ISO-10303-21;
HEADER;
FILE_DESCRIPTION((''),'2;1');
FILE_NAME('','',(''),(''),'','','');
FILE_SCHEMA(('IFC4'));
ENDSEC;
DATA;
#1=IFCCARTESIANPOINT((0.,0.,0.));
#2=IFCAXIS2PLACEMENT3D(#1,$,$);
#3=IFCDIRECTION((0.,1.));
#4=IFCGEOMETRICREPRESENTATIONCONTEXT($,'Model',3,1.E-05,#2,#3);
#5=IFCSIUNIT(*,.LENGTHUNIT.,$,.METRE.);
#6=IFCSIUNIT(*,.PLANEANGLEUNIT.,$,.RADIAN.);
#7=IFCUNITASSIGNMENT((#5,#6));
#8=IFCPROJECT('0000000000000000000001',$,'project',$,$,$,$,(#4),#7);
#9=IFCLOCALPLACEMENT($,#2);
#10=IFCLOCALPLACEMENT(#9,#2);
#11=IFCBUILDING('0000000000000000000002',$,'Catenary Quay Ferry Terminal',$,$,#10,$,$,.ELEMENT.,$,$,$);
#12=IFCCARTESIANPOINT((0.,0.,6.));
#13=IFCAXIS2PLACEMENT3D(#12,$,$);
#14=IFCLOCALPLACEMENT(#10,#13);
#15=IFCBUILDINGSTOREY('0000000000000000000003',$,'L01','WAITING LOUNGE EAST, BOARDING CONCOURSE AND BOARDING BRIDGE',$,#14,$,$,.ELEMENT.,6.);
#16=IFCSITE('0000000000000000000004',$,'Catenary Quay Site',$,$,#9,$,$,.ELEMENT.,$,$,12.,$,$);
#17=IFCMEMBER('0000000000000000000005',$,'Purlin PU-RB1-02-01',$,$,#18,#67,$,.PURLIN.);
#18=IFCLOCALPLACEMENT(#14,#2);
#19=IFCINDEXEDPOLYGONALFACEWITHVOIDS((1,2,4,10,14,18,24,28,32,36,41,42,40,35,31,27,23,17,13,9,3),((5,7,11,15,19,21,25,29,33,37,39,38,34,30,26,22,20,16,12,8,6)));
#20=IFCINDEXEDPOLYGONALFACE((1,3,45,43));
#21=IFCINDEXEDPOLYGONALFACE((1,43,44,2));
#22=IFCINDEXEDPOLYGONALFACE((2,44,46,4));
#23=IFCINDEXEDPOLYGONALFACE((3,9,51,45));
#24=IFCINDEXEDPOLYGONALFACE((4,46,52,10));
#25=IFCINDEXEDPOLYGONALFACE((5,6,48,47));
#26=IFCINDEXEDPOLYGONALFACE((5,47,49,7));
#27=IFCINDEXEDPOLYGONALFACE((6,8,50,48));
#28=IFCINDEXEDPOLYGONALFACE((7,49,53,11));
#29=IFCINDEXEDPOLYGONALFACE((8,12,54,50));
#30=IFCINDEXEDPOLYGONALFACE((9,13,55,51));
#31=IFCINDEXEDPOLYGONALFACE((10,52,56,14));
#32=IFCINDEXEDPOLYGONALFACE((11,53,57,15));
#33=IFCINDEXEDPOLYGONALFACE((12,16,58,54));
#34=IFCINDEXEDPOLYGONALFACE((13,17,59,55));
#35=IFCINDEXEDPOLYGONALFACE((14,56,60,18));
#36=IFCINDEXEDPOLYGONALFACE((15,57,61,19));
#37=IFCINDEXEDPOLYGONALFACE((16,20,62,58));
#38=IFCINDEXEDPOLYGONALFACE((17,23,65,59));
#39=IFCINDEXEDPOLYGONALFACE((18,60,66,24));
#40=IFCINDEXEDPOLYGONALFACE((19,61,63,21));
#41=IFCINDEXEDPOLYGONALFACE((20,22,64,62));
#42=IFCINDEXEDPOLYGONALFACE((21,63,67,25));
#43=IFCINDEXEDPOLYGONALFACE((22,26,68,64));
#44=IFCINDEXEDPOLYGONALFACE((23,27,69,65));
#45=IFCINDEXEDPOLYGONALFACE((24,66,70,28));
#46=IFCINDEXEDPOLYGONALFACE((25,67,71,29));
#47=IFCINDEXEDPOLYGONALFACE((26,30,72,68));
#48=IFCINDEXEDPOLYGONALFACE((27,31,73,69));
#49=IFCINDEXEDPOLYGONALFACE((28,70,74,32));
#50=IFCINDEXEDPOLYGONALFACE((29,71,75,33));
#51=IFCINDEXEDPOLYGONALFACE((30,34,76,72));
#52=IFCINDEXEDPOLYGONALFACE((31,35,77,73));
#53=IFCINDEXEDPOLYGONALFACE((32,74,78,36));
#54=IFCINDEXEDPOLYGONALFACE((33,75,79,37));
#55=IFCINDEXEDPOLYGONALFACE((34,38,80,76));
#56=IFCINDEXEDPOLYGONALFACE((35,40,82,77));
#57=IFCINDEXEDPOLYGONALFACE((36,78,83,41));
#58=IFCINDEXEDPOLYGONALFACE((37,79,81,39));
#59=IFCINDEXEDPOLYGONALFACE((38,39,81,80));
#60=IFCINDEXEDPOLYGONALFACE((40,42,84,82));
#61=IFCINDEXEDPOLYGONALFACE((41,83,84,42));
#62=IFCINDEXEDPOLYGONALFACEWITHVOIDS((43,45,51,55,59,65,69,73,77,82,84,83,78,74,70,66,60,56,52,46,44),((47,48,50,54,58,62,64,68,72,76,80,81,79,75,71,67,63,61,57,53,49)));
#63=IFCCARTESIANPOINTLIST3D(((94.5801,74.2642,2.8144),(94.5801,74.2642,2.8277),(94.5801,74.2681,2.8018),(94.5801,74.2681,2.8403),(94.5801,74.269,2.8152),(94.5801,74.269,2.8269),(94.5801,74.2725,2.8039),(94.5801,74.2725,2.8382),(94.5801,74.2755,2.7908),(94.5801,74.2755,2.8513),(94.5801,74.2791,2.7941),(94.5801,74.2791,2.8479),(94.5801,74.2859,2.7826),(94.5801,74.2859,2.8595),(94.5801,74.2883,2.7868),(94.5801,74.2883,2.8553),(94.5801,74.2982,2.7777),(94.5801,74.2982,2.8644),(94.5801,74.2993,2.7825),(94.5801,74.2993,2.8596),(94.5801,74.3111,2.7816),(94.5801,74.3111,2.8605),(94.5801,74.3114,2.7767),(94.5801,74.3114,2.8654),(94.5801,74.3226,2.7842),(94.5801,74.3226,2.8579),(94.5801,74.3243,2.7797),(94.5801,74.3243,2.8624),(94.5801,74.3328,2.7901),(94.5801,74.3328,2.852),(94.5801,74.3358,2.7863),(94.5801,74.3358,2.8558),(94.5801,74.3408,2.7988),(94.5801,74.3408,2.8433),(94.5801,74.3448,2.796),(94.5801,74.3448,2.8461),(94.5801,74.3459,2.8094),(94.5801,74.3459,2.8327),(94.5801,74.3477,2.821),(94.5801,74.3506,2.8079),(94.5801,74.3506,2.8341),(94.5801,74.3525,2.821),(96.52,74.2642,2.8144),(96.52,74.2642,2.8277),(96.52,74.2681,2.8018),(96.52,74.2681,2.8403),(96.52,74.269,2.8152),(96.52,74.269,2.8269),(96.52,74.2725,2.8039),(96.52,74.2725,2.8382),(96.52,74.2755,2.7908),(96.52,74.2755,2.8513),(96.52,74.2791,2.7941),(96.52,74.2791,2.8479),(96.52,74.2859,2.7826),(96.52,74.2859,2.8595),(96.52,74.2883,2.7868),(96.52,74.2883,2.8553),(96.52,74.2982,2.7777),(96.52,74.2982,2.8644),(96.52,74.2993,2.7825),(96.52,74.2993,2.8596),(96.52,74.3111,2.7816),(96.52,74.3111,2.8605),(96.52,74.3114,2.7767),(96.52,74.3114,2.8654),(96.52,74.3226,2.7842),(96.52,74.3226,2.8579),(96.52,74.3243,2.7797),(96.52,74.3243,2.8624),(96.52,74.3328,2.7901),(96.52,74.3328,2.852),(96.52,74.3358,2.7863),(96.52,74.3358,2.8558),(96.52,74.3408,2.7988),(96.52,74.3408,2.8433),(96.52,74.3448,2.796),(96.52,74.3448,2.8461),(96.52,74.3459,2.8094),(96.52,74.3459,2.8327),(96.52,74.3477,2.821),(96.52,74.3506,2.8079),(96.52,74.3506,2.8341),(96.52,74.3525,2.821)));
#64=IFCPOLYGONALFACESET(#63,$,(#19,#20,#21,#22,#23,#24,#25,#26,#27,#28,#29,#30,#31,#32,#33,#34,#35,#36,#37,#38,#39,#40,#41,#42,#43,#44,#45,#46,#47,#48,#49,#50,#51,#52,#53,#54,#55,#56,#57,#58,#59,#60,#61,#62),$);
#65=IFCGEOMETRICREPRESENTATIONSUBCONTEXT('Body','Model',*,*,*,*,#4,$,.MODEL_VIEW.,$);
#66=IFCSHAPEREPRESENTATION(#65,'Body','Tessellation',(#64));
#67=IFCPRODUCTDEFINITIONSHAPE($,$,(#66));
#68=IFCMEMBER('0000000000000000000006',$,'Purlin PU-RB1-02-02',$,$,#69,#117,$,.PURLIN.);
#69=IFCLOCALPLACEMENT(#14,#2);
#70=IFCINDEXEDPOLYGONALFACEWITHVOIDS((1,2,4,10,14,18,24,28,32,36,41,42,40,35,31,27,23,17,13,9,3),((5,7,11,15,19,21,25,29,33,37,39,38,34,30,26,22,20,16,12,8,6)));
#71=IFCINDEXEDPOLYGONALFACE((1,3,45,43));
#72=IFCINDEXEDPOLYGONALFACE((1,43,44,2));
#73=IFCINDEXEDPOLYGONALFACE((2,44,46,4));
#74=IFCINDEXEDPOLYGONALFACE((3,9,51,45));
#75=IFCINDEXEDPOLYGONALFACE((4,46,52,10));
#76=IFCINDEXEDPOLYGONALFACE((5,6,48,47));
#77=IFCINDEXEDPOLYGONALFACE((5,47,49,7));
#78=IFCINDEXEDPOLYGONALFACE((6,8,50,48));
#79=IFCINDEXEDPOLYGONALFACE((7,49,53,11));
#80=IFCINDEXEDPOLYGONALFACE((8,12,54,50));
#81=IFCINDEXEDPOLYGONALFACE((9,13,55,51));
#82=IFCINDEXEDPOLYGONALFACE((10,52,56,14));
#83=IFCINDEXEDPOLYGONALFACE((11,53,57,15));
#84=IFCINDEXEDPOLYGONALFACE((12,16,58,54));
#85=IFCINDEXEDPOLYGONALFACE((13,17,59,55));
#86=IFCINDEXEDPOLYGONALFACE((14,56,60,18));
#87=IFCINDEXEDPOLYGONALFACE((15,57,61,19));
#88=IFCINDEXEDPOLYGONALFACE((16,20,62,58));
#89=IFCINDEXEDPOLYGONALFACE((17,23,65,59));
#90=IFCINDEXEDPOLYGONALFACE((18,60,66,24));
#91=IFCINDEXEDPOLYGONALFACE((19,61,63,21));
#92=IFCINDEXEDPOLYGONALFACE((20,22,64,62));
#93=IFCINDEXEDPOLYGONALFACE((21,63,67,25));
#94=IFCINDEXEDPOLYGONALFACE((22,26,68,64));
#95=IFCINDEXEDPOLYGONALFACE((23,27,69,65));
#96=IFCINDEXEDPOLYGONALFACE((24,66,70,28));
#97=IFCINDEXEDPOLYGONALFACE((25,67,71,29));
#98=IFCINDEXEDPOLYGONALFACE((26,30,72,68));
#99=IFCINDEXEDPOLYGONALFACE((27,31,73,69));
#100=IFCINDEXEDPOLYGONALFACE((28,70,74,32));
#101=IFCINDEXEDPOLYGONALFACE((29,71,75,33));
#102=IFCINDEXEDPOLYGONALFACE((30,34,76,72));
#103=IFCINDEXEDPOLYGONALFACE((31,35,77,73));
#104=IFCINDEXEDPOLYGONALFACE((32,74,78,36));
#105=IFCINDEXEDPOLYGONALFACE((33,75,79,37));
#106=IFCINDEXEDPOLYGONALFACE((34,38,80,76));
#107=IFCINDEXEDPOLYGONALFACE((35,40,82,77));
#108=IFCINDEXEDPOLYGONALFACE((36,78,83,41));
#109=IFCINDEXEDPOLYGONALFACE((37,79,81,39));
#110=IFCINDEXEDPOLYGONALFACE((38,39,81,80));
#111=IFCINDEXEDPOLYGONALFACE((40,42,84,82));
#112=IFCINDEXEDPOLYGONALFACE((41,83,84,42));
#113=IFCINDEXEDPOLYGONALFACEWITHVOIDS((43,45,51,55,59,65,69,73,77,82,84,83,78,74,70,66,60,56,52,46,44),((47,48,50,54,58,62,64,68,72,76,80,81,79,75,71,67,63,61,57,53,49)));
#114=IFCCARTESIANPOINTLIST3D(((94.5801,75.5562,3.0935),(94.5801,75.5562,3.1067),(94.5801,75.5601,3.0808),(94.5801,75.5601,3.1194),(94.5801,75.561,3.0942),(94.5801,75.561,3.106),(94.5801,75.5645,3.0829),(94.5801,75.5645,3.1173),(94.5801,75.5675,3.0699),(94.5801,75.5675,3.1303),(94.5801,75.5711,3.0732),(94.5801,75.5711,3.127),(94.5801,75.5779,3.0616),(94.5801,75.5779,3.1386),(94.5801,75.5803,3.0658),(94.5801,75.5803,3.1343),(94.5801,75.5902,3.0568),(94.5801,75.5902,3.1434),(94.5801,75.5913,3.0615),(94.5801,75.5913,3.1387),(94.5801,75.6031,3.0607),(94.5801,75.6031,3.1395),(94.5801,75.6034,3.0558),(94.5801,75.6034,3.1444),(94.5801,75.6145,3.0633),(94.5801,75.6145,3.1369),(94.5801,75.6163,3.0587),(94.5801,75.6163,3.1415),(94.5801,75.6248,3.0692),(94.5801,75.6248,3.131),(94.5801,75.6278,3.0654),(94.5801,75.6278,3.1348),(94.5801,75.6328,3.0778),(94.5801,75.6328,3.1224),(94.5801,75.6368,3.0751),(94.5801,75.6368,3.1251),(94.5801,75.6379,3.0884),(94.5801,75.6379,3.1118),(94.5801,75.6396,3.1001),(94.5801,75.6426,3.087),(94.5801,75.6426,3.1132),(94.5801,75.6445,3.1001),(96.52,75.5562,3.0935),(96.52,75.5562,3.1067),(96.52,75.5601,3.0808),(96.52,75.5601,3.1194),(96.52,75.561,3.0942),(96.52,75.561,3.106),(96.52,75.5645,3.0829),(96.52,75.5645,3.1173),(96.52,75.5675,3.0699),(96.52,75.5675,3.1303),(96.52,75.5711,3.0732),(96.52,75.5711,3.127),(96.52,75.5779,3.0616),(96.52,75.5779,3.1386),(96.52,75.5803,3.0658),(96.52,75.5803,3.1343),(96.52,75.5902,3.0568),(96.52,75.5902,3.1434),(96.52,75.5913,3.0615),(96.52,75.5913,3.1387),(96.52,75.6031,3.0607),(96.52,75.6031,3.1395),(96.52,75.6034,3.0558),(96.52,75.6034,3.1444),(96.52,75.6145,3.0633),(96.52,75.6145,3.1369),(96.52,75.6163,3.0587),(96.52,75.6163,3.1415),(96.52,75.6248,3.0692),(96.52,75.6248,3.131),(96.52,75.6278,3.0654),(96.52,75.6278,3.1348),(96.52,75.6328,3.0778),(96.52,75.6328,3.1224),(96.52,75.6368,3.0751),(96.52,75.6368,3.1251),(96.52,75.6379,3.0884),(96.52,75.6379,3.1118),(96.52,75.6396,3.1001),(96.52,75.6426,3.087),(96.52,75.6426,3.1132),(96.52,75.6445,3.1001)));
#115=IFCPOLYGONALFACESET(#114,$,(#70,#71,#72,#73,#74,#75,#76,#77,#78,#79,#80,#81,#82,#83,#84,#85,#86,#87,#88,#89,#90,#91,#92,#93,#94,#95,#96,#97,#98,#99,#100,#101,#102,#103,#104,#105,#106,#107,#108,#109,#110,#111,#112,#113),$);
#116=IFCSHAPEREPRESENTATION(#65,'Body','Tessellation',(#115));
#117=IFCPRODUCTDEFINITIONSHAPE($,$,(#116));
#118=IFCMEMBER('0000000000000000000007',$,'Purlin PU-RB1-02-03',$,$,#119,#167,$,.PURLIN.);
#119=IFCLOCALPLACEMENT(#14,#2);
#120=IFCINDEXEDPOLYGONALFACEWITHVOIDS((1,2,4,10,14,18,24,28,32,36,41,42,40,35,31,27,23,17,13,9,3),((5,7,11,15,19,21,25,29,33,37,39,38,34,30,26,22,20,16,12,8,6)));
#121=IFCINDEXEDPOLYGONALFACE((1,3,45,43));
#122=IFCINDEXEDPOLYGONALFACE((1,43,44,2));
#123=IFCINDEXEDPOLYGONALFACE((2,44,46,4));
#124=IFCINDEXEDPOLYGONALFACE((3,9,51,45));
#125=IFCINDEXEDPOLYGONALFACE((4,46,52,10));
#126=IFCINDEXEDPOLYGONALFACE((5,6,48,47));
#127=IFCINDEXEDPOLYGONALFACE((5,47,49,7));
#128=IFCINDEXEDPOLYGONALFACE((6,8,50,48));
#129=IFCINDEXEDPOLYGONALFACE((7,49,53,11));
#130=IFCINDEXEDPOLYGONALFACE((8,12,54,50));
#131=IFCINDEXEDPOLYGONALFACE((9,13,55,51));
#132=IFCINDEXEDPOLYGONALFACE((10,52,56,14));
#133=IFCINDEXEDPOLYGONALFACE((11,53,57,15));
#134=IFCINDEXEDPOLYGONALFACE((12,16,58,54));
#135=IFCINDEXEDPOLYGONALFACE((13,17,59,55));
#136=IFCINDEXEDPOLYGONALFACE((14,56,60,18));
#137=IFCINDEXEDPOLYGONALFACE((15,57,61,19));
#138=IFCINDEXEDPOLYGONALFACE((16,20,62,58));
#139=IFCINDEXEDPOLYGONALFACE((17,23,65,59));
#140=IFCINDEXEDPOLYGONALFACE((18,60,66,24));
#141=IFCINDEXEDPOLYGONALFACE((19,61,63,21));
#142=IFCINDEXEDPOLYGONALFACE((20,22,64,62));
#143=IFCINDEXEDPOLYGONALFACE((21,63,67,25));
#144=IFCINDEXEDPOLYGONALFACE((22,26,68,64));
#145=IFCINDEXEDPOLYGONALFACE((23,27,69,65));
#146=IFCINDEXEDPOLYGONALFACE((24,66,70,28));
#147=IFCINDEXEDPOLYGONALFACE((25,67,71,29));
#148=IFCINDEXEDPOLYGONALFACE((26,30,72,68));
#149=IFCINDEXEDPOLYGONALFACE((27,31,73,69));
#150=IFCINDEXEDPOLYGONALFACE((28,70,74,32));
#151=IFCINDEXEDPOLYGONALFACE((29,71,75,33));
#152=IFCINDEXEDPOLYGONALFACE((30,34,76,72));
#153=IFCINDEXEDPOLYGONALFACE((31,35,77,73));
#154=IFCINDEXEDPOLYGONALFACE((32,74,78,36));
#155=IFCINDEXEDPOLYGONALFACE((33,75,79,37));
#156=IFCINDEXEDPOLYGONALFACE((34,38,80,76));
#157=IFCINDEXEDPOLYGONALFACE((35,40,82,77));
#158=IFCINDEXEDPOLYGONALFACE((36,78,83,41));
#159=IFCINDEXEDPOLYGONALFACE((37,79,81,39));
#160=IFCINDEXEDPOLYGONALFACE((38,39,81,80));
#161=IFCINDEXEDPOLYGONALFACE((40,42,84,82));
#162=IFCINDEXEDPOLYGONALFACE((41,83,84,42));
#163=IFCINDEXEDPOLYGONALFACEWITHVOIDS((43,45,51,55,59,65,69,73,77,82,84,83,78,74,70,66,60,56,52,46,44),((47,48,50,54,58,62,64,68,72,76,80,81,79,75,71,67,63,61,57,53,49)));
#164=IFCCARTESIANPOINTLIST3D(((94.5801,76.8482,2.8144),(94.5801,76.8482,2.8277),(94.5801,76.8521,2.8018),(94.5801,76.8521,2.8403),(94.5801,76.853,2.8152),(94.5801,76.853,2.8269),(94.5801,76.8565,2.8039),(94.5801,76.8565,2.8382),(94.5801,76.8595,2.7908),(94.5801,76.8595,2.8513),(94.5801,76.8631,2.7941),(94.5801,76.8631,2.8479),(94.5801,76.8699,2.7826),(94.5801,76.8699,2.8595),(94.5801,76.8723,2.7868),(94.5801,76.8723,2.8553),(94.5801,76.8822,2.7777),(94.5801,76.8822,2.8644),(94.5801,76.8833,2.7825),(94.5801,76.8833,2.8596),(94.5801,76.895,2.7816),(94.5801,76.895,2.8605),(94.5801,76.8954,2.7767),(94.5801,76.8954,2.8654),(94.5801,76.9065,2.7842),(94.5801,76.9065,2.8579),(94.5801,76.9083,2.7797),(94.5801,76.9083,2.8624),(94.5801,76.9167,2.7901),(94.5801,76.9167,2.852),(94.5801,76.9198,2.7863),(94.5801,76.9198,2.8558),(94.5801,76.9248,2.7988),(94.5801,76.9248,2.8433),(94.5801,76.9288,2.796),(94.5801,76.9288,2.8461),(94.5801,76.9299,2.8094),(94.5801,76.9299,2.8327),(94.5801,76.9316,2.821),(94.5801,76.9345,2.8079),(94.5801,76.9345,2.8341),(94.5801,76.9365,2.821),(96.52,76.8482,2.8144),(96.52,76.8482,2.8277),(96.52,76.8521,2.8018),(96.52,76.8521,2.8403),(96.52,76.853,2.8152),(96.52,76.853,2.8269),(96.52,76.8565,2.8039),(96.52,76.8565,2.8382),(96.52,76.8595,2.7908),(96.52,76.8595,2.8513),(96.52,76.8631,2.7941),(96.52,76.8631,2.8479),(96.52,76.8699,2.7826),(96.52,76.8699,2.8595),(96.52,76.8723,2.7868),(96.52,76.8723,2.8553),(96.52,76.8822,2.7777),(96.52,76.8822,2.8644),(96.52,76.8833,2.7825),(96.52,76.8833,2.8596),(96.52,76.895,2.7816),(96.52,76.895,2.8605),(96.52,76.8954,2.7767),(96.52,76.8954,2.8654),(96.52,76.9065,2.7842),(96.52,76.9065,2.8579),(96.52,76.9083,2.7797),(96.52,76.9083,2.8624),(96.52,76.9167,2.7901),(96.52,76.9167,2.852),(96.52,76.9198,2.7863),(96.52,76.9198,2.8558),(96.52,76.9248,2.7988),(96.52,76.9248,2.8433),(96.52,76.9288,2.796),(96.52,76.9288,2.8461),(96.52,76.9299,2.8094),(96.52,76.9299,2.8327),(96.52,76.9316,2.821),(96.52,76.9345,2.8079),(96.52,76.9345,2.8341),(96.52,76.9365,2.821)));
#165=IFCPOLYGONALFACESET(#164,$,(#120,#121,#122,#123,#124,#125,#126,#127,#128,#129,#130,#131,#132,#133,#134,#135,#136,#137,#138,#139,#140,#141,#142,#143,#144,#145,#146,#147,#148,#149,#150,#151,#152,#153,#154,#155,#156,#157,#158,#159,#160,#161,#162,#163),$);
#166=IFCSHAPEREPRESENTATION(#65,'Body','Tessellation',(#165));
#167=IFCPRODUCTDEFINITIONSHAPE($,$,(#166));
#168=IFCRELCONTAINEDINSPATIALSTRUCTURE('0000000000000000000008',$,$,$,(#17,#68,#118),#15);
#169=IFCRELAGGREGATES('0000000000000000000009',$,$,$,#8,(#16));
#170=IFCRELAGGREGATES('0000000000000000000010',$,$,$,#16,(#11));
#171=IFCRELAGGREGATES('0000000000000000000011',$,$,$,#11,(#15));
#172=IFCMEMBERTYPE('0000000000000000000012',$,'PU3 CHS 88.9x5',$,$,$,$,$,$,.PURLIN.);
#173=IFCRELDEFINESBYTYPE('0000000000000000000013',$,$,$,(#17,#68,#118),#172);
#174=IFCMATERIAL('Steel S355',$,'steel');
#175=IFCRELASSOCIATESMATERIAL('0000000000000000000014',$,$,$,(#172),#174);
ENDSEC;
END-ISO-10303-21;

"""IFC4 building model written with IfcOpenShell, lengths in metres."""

from ifc_helpers import new_model, si_unit, direction, frame, origin, origin_2d, place, context, subcontext, project, spatial, hollow_circle, extrude, material, material_profile, profile_set, type_object, element, save


model = new_model("IFC4")

# Units and contexts
model_context = context("Model", 3, precision=1e-05, world=origin(), true_north=direction((0.0, 1.0)))
body_context = subcontext(model_context, "Body", "Model", "MODEL_VIEW")
ifc_project = project(units=[si_unit("LENGTHUNIT", "METRE"), si_unit("PLANEANGLEUNIT", "RADIAN")], contexts=[model_context])

# Site, building, storey
site_placement = place(None, origin())
site = spatial("IfcSite", under=ifc_project, at=site_placement, Name="Catenary Quay Site", CompositionType="ELEMENT", RefElevation=12.0)
building_placement = place(site_placement, origin())
building = spatial("IfcBuilding", under=site, at=building_placement, Name="Catenary Quay Ferry Terminal", CompositionType="ELEMENT")
storey_placement = place(building_placement, frame((0.0, 0.0, 6.0)))
storey = spatial("IfcBuildingStorey", under=building, at=storey_placement, Name="L01", Description="WAITING LOUNGE EAST, BOARDING CONCOURSE AND BOARDING BRIDGE", CompositionType="ELEMENT", Elevation=6.0)

# Members
ifc_material_1 = material(Name="Steel S355", Category="steel")
ifc_material_profile_1 = material_profile(ifc_material_1, hollow_circle(Radius=0.0444, WallThickness=0.0049, at=origin_2d()), Name="CHS 88.9x5")
ifc_profile_set_1 = profile_set([ifc_material_profile_1], Name="Steel S355")
member_type_1 = type_object("IfcMemberType", Name="PU3 CHS 88.9x5", PredefinedType="PURLIN", material=ifc_profile_set_1)
for number, where, z_axis, x_axis, name in (
    (1, (94.5801, 74.3081, 2.821), (1.0, 0.0, 0.0), (0.0, 1.0, 0.0), "Purlin PU-RB1-02-01"),
    (2, (94.5801, 75.6001, 3.1001), (1.0, 0.0, 0.0), (0.0, 1.0, 0.0), "Purlin PU-RB1-02-02"),
    (3, (94.5801, 76.8921, 2.821), (1.0, 0.0, 0.0), (0.0, 1.0, 0.0), "Purlin PU-RB1-02-03"),
):
    element("IfcMember", number, at=place(storey_placement, frame(where, z_axis=z_axis, x_axis=x_axis)), inside=storey, type_object=member_type_1, Name=name, PredefinedType="PURLIN", context=body_context, shape_type="SweptSolid", body=[
        extrude(hollow_circle(Radius=0.0444, WallThickness=0.0049, at=origin_2d()), origin(), (0.0, 0.0, 1.0), 1.9399),
    ])

save(model, "model.ifc")
